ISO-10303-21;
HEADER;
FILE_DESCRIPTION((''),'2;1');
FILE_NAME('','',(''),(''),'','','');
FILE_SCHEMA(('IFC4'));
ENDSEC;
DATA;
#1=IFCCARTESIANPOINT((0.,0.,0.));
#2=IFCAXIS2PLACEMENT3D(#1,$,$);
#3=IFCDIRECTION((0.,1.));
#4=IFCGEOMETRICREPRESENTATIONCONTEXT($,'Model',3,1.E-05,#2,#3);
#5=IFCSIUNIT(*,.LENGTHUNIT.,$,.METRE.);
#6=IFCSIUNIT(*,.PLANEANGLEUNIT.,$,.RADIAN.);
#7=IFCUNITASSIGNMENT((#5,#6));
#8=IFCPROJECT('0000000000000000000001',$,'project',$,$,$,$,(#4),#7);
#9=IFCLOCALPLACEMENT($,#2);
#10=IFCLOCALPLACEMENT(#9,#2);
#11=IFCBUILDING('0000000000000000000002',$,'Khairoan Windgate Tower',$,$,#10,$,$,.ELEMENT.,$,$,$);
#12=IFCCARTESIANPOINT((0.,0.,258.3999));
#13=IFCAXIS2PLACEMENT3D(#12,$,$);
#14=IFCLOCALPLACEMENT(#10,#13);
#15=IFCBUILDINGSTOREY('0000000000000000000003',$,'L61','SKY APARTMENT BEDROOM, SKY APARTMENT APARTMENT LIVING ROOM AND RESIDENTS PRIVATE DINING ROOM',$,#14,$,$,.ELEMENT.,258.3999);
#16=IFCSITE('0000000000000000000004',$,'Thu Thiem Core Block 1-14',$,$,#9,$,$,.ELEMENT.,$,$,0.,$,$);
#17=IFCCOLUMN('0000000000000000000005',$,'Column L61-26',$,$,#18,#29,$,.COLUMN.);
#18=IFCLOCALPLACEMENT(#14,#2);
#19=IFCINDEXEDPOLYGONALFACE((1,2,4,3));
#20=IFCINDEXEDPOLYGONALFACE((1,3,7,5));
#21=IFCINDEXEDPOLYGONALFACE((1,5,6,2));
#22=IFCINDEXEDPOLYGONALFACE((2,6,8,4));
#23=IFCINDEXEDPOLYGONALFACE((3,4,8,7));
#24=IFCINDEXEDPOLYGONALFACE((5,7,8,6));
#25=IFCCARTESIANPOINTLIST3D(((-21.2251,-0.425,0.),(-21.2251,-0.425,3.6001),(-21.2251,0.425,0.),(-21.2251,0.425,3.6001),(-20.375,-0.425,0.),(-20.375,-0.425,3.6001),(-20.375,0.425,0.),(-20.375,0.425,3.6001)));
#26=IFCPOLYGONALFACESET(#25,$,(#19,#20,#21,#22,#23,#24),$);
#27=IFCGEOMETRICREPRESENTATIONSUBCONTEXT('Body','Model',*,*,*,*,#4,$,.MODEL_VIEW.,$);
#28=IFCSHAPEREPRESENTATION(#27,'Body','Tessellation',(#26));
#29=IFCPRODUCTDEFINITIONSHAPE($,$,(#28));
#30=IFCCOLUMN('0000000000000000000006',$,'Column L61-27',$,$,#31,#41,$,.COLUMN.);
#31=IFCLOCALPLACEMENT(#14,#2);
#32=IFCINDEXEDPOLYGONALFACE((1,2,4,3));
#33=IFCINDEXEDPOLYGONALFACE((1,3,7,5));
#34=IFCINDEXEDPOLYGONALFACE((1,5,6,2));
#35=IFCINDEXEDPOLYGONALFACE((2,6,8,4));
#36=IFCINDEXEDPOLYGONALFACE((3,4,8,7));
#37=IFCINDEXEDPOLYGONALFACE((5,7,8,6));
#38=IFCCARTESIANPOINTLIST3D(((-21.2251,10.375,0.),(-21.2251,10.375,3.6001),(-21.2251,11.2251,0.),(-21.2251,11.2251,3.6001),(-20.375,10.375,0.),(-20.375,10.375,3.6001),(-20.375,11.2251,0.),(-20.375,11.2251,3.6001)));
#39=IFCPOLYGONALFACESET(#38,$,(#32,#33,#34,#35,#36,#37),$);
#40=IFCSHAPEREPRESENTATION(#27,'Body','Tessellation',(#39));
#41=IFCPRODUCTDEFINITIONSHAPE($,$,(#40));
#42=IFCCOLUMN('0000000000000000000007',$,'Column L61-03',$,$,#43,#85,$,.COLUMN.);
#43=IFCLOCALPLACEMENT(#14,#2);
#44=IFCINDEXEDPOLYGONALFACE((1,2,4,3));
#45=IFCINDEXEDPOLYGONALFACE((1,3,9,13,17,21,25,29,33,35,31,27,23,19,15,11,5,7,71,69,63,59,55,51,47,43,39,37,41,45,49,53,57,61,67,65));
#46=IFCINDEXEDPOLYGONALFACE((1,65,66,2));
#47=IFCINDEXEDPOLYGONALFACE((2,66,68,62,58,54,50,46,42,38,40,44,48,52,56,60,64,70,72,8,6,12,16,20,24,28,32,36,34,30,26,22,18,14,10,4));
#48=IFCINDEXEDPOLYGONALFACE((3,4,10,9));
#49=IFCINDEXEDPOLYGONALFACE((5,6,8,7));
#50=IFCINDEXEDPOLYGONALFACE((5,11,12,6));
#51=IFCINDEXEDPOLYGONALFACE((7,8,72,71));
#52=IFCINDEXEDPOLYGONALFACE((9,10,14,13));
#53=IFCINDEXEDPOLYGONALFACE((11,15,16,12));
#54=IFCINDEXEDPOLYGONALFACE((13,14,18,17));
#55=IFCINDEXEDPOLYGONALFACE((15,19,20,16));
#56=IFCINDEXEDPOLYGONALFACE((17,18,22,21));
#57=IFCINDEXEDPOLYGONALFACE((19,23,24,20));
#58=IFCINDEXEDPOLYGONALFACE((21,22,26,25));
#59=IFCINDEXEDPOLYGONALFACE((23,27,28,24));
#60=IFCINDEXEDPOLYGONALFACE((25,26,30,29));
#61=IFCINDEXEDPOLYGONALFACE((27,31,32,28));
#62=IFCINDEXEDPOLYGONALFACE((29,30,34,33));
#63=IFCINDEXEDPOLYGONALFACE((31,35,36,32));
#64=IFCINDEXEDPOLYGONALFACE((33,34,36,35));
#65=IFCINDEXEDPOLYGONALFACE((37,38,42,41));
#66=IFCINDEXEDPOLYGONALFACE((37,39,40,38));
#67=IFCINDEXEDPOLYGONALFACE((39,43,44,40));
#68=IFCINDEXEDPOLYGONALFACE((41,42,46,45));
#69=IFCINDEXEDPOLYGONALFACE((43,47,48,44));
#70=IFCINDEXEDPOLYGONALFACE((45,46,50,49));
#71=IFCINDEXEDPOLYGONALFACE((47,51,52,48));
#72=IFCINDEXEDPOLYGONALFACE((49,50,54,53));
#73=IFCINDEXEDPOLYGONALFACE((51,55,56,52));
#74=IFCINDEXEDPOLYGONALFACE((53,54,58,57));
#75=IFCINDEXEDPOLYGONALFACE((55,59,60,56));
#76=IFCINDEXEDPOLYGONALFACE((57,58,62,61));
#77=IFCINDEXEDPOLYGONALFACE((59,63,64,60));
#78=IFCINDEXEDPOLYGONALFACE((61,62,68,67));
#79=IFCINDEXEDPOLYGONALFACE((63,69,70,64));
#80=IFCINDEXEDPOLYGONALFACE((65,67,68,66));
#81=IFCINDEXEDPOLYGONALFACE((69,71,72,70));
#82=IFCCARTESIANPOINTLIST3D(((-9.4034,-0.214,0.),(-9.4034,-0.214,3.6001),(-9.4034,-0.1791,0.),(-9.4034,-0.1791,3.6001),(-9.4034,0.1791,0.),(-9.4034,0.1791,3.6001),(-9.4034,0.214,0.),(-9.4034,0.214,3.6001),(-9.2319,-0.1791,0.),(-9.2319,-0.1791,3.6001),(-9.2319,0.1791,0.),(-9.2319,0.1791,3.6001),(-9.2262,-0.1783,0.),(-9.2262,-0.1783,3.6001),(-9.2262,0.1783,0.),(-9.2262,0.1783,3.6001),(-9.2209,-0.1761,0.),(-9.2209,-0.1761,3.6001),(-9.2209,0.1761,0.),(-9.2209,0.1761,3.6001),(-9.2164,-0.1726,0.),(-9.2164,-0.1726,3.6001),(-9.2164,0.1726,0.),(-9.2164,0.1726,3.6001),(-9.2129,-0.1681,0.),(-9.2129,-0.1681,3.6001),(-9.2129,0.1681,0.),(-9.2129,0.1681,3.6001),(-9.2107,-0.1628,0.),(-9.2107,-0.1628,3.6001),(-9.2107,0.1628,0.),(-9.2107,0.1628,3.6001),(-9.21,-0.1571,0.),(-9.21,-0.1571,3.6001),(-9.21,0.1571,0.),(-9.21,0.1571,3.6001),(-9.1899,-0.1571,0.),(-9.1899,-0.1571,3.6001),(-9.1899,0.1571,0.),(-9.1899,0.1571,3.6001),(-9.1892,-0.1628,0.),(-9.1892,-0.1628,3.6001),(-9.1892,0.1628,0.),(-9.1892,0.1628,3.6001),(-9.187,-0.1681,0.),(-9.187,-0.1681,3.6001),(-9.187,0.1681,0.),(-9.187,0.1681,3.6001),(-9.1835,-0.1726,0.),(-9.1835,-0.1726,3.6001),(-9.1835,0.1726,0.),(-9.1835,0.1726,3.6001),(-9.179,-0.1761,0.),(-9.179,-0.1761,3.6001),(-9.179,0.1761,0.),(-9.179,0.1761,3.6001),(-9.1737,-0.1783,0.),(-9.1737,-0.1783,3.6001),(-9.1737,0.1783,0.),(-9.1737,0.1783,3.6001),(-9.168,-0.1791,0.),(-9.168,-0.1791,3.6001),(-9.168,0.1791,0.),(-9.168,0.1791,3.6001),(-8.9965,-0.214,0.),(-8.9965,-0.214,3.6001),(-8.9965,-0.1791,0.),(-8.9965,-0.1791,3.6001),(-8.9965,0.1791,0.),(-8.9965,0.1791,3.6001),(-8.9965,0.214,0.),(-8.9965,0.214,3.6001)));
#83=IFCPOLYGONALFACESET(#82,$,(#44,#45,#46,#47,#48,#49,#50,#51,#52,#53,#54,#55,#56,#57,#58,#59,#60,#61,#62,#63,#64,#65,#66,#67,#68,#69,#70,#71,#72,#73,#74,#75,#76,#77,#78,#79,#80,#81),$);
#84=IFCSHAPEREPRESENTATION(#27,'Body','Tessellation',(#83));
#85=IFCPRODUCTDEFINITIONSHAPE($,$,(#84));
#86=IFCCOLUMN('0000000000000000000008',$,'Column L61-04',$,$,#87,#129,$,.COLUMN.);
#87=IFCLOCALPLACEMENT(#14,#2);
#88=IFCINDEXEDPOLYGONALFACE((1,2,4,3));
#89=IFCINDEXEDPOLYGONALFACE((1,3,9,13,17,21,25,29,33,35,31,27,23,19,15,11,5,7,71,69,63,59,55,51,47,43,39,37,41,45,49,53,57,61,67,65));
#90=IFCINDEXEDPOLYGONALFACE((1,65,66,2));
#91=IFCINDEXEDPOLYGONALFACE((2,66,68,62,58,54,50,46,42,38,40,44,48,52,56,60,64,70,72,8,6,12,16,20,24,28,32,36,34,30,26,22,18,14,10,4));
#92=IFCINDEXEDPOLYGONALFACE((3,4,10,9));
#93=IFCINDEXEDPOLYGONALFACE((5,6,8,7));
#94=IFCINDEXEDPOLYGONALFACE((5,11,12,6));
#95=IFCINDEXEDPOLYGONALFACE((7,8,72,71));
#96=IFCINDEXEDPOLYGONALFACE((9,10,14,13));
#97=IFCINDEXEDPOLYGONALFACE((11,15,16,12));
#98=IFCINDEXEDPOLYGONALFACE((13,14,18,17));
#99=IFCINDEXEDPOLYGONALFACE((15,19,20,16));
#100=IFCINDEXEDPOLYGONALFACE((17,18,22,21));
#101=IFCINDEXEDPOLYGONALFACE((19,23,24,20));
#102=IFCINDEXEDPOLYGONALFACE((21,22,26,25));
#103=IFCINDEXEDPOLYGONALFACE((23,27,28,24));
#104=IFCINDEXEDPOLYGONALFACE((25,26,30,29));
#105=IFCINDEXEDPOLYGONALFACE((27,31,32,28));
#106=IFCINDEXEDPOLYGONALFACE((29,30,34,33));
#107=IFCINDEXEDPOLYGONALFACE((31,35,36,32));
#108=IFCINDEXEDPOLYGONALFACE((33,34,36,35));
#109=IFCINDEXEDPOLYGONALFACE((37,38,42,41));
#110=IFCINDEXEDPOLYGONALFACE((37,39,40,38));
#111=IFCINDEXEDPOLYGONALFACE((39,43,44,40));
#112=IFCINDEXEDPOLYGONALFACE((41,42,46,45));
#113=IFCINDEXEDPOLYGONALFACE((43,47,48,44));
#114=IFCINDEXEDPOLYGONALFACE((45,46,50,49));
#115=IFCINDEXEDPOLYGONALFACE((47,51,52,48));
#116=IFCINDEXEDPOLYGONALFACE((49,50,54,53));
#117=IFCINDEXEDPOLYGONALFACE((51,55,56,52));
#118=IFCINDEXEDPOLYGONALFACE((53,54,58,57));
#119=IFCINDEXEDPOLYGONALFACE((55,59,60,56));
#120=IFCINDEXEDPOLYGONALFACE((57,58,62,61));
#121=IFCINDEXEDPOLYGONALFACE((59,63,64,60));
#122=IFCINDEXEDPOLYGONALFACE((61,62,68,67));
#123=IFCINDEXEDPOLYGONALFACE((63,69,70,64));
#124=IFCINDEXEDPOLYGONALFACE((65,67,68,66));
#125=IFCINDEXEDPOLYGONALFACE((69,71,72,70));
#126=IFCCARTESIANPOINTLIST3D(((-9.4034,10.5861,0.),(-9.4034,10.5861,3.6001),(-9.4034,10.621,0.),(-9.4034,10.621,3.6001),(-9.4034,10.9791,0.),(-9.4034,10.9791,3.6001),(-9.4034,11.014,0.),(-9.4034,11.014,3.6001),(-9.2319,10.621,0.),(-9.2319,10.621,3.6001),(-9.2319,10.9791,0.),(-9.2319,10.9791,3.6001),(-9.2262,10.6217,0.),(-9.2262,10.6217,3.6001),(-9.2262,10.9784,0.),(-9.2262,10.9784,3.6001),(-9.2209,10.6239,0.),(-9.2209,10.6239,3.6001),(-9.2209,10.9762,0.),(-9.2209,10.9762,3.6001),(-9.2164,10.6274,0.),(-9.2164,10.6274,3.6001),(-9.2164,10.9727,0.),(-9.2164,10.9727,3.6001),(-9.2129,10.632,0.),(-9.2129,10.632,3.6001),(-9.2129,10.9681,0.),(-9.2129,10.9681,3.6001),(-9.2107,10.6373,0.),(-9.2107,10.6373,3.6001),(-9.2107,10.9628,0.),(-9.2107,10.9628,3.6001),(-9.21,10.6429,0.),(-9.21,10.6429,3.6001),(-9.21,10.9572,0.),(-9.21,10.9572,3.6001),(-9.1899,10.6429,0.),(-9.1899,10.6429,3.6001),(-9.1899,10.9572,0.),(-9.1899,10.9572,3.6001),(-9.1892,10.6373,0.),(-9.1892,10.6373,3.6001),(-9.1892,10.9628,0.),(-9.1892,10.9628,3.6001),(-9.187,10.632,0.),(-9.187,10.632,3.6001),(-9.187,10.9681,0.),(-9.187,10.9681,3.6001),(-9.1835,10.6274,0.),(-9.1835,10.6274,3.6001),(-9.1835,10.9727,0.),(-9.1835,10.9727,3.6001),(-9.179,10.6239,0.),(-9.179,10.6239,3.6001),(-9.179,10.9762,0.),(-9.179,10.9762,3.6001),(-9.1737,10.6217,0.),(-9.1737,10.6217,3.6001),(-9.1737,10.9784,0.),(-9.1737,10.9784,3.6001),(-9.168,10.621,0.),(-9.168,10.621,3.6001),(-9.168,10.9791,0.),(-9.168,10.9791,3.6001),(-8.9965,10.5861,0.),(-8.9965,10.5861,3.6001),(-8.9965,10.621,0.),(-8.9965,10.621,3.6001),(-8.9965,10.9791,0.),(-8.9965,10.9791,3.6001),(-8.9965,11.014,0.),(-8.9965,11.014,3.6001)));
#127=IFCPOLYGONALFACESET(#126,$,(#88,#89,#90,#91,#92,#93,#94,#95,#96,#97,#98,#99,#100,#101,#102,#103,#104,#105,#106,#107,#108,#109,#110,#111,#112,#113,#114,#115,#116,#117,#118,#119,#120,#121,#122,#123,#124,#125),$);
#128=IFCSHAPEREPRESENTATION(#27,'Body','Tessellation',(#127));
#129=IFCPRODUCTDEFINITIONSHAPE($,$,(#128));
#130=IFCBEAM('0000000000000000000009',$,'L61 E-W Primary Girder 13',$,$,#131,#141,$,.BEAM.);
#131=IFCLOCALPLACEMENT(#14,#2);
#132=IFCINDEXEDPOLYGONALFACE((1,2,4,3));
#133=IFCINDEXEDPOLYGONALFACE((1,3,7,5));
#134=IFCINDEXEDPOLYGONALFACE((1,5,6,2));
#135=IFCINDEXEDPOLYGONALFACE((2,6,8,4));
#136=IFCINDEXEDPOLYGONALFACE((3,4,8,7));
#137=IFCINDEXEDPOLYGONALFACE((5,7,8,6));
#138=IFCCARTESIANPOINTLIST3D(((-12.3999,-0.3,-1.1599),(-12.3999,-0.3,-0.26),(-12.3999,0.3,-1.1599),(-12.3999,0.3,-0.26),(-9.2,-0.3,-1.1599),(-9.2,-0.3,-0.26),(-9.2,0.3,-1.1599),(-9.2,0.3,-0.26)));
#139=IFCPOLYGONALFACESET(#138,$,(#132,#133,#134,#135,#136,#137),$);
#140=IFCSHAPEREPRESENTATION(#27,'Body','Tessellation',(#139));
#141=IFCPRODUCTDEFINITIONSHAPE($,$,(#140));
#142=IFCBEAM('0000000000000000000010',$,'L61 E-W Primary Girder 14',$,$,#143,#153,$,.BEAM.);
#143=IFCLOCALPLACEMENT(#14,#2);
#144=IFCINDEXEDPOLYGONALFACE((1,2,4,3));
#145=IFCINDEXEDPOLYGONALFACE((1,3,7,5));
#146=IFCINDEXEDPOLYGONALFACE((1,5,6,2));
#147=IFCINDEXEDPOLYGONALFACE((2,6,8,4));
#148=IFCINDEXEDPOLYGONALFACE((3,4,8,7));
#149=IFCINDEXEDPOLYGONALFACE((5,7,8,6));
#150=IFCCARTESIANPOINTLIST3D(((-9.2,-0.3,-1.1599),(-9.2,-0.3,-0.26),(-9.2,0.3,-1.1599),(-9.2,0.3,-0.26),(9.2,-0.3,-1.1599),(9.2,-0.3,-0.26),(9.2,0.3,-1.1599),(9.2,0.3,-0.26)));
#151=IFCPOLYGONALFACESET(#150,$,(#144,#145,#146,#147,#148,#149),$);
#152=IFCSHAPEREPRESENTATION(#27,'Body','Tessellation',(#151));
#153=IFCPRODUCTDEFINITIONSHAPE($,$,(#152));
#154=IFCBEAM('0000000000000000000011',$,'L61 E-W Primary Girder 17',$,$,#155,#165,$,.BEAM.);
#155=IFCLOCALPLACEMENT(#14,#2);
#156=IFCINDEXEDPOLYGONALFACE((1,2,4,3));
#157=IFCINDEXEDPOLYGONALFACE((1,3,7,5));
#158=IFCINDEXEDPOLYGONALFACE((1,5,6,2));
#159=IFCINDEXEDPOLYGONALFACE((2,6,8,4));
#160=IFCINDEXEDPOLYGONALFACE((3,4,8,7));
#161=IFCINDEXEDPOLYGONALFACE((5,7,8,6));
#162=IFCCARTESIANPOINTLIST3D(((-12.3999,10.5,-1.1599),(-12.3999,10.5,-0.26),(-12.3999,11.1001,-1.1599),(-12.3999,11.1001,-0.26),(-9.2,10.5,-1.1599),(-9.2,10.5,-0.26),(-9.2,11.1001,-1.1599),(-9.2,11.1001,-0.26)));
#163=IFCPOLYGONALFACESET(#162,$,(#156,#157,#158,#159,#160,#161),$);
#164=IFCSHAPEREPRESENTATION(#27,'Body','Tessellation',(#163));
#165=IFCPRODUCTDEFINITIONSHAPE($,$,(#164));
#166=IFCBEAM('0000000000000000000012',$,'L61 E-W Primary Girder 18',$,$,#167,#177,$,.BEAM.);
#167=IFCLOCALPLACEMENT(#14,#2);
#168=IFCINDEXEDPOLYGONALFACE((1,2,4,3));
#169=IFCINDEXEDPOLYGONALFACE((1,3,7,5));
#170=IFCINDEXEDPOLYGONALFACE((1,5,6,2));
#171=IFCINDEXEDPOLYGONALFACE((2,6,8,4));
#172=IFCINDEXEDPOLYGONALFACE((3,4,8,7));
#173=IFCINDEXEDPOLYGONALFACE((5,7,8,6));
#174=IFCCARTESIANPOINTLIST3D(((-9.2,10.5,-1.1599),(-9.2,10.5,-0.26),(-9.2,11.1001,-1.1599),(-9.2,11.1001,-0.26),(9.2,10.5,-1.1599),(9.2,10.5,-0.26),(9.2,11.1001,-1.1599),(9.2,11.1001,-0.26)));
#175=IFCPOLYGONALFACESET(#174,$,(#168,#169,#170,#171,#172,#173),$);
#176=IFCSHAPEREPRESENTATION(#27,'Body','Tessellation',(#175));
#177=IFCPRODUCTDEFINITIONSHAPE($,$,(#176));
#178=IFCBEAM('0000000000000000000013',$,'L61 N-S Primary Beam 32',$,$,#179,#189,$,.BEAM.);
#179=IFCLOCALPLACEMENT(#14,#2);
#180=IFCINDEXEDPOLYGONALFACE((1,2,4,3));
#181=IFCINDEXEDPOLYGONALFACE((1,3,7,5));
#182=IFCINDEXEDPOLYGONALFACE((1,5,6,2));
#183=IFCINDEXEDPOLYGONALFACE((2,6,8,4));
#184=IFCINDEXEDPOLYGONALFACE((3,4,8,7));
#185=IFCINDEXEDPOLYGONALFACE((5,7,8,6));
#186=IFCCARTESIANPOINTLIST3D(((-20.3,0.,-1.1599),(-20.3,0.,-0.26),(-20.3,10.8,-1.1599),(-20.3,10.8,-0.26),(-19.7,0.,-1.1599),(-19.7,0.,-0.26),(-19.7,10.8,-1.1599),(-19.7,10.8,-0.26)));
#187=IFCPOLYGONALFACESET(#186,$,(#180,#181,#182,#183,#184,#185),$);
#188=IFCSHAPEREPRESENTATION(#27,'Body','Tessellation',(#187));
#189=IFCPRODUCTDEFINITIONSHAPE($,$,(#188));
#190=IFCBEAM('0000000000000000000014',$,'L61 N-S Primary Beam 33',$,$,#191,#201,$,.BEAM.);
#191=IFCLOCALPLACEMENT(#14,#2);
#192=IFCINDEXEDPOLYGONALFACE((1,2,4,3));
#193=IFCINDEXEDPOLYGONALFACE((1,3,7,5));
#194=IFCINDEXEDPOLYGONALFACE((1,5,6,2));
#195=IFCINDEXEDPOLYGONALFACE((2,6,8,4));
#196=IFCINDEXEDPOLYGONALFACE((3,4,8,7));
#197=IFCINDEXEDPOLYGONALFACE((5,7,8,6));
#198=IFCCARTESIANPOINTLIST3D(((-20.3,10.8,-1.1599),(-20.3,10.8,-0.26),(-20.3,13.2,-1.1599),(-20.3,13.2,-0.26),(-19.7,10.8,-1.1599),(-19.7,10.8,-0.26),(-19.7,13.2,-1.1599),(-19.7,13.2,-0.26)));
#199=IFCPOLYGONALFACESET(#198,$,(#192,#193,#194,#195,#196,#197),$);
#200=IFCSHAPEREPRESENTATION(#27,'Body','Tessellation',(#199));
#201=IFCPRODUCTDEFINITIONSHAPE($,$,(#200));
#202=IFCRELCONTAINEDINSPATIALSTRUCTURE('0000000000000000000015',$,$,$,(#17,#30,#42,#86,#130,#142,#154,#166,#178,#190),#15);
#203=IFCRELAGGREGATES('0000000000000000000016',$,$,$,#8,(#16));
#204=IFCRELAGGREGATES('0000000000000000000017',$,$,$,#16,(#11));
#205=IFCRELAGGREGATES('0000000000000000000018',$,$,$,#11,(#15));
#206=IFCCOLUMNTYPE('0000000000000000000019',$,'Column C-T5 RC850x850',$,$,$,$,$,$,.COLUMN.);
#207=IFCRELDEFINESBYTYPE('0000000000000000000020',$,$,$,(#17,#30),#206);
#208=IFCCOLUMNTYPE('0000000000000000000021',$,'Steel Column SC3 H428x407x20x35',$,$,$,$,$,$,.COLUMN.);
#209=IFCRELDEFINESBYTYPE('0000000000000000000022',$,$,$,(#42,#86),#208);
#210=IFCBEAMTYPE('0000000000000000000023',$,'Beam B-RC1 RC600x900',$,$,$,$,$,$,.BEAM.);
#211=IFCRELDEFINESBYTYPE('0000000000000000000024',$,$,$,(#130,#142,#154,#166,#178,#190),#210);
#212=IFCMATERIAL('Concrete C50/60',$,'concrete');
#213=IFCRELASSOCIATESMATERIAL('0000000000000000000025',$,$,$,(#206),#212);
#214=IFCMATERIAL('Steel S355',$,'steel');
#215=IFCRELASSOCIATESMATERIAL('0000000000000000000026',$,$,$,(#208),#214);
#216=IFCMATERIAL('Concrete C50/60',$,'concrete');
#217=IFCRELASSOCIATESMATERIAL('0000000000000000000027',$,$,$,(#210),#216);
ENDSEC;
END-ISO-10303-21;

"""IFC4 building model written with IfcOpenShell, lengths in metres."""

from ifc_helpers import new_model, si_unit, direction, frame, origin, origin_2d, place, context, subcontext, project, spatial, rectangle, i_section, extrude, material, material_profile, profile_set, type_object, element, save


model = new_model("IFC4")

# Units and contexts
model_context = context("Model", 3, precision=1e-05, world=origin(), true_north=direction((0.0, 1.0)))
body_context = subcontext(model_context, "Body", "Model", "MODEL_VIEW")
ifc_project = project(units=[si_unit("LENGTHUNIT", "METRE"), si_unit("PLANEANGLEUNIT", "RADIAN")], contexts=[model_context])

# Site, building, storey
site_placement = place(None, origin())
site = spatial("IfcSite", under=ifc_project, at=site_placement, Name="Thu Thiem Core Block 1-14", CompositionType="ELEMENT", RefElevation=0.0)
building_placement = place(site_placement, origin())
building = spatial("IfcBuilding", under=site, at=building_placement, Name="Khairoan Windgate Tower", CompositionType="ELEMENT")
storey_placement = place(building_placement, frame((0.0, 0.0, 258.3999)))
storey = spatial("IfcBuildingStorey", under=building, at=storey_placement, Name="L61", Description="SKY APARTMENT BEDROOM, SKY APARTMENT APARTMENT LIVING ROOM AND RESIDENTS PRIVATE DINING ROOM", CompositionType="ELEMENT", Elevation=258.3999)

# Columns
ifc_material_1 = material(Name="Concrete C50/60", Category="concrete")
ifc_material_profile_1 = material_profile(ifc_material_1, rectangle(XDim=0.8501, YDim=0.8501, at=origin_2d()))
ifc_profile_set_1 = profile_set([ifc_material_profile_1], Name="Concrete C50/60")
column_type_1 = type_object("IfcColumnType", Name="Column C-T5 RC850x850", PredefinedType="COLUMN", material=ifc_profile_set_1)
for number, where, z_axis, x_axis, name in (
    (1, (-20.8, 0.0, 0.0), (0.0, 0.0, 1.0), (1.0, 0.0, 0.0), "Column L61-26"),
    (2, (-20.8, 10.8, 0.0), (0.0, 0.0, 1.0), (1.0, 0.0, 0.0), "Column L61-27"),
):
    element("IfcColumn", number, at=place(storey_placement, frame(where, z_axis=z_axis, x_axis=x_axis)), inside=storey, type_object=column_type_1, Name=name, PredefinedType="COLUMN", context=body_context, shape_type="SweptSolid", body=[
        extrude(rectangle(XDim=0.8501, YDim=0.8501, at=origin_2d()), origin(), (0.0, 0.0, 1.0), 3.6001),
    ])
ifc_material_2 = material(Name="Steel S355", Category="steel")
ifc_material_profile_2 = material_profile(ifc_material_2, i_section(OverallWidth=0.407, OverallDepth=0.428, WebThickness=0.02, FlangeThickness=0.0349, FilletRadius=0.022, at=origin_2d()))
ifc_profile_set_2 = profile_set([ifc_material_profile_2], Name="Steel S355")
column_type_2 = type_object("IfcColumnType", Name="Steel Column SC3 H428x407x20x35", PredefinedType="COLUMN", material=ifc_profile_set_2)
for number, where, z_axis, x_axis, name in (
    (3, (-9.2, 0.0, 0.0), (0.0, 0.0, 1.0), (1.0, 0.0, 0.0), "Column L61-03"),
    (4, (-9.2, 10.8, 0.0), (0.0, 0.0, 1.0), (1.0, 0.0, 0.0), "Column L61-04"),
):
    element("IfcColumn", number, at=place(storey_placement, frame(where, z_axis=z_axis, x_axis=x_axis)), inside=storey, type_object=column_type_2, Name=name, PredefinedType="COLUMN", context=body_context, shape_type="SweptSolid", body=[
        extrude(i_section(OverallWidth=0.407, OverallDepth=0.428, WebThickness=0.02, FlangeThickness=0.0349, FilletRadius=0.022, at=origin_2d()), origin(), (0.0, 0.0, 1.0), 3.6001),
    ])

# Beams
ifc_material_3 = material(Name="Concrete C50/60", Category="concrete")
ifc_material_profile_3 = material_profile(ifc_material_3, rectangle(XDim=0.6001, YDim=0.8999, at=origin_2d()))
ifc_profile_set_3 = profile_set([ifc_material_profile_3], Name="Concrete C50/60")
beam_type_1 = type_object("IfcBeamType", Name="Beam B-RC1 RC600x900", PredefinedType="BEAM", material=ifc_profile_set_3)
beam_1_placement = place(storey_placement, frame((-12.3999, 0.0, -0.71), z_axis=(1.0, 0.0, 0.0), x_axis=(0.0, 1.0, 0.0)))
element("IfcBeam", 5, at=beam_1_placement, inside=storey, type_object=beam_type_1, Name="L61 E-W Primary Girder 13", PredefinedType="BEAM", context=body_context, shape_type="SweptSolid", body=[
    extrude(rectangle(XDim=0.6001, YDim=0.8999, at=origin_2d()), origin(), (0.0, 0.0, 1.0), 3.2),
])
beam_2_placement = place(storey_placement, frame((-9.2, 0.0, -0.71), z_axis=(1.0, 0.0, 0.0), x_axis=(0.0, 1.0, 0.0)))
element("IfcBeam", 6, at=beam_2_placement, inside=storey, type_object=beam_type_1, Name="L61 E-W Primary Girder 14", PredefinedType="BEAM", context=body_context, shape_type="SweptSolid", body=[
    extrude(rectangle(XDim=0.6001, YDim=0.8999, at=origin_2d()), origin(), (0.0, 0.0, 1.0), 18.3999),
])
beam_3_placement = place(storey_placement, frame((-12.3999, 10.8, -0.71), z_axis=(1.0, 0.0, 0.0), x_axis=(0.0, 1.0, 0.0)))
element("IfcBeam", 7, at=beam_3_placement, inside=storey, type_object=beam_type_1, Name="L61 E-W Primary Girder 17", PredefinedType="BEAM", context=body_context, shape_type="SweptSolid", body=[
    extrude(rectangle(XDim=0.6001, YDim=0.8999, at=origin_2d()), origin(), (0.0, 0.0, 1.0), 3.2),
])
beam_4_placement = place(storey_placement, frame((-9.2, 10.8, -0.71), z_axis=(1.0, 0.0, 0.0), x_axis=(0.0, 1.0, 0.0)))
element("IfcBeam", 8, at=beam_4_placement, inside=storey, type_object=beam_type_1, Name="L61 E-W Primary Girder 18", PredefinedType="BEAM", context=body_context, shape_type="SweptSolid", body=[
    extrude(rectangle(XDim=0.6001, YDim=0.8999, at=origin_2d()), origin(), (0.0, 0.0, 1.0), 18.3999),
])
beam_5_placement = place(storey_placement, frame((-20.0, 0.0, -0.71), z_axis=(0.0, 1.0, 0.0), x_axis=(-1.0, 0.0, 0.0)))
element("IfcBeam", 9, at=beam_5_placement, inside=storey, type_object=beam_type_1, Name="L61 N-S Primary Beam 32", PredefinedType="BEAM", context=body_context, shape_type="SweptSolid", body=[
    extrude(rectangle(XDim=0.6001, YDim=0.8999, at=origin_2d()), origin(), (0.0, 0.0, 1.0), 10.8),
])
beam_6_placement = place(storey_placement, frame((-20.0, 10.8, -0.71), z_axis=(0.0, 1.0, 0.0), x_axis=(-1.0, 0.0, 0.0)))
element("IfcBeam", 10, at=beam_6_placement, inside=storey, type_object=beam_type_1, Name="L61 N-S Primary Beam 33", PredefinedType="BEAM", context=body_context, shape_type="SweptSolid", body=[
    extrude(rectangle(XDim=0.6001, YDim=0.8999, at=origin_2d()), origin(), (0.0, 0.0, 1.0), 2.3999),
])

save(model, "model.ifc")
